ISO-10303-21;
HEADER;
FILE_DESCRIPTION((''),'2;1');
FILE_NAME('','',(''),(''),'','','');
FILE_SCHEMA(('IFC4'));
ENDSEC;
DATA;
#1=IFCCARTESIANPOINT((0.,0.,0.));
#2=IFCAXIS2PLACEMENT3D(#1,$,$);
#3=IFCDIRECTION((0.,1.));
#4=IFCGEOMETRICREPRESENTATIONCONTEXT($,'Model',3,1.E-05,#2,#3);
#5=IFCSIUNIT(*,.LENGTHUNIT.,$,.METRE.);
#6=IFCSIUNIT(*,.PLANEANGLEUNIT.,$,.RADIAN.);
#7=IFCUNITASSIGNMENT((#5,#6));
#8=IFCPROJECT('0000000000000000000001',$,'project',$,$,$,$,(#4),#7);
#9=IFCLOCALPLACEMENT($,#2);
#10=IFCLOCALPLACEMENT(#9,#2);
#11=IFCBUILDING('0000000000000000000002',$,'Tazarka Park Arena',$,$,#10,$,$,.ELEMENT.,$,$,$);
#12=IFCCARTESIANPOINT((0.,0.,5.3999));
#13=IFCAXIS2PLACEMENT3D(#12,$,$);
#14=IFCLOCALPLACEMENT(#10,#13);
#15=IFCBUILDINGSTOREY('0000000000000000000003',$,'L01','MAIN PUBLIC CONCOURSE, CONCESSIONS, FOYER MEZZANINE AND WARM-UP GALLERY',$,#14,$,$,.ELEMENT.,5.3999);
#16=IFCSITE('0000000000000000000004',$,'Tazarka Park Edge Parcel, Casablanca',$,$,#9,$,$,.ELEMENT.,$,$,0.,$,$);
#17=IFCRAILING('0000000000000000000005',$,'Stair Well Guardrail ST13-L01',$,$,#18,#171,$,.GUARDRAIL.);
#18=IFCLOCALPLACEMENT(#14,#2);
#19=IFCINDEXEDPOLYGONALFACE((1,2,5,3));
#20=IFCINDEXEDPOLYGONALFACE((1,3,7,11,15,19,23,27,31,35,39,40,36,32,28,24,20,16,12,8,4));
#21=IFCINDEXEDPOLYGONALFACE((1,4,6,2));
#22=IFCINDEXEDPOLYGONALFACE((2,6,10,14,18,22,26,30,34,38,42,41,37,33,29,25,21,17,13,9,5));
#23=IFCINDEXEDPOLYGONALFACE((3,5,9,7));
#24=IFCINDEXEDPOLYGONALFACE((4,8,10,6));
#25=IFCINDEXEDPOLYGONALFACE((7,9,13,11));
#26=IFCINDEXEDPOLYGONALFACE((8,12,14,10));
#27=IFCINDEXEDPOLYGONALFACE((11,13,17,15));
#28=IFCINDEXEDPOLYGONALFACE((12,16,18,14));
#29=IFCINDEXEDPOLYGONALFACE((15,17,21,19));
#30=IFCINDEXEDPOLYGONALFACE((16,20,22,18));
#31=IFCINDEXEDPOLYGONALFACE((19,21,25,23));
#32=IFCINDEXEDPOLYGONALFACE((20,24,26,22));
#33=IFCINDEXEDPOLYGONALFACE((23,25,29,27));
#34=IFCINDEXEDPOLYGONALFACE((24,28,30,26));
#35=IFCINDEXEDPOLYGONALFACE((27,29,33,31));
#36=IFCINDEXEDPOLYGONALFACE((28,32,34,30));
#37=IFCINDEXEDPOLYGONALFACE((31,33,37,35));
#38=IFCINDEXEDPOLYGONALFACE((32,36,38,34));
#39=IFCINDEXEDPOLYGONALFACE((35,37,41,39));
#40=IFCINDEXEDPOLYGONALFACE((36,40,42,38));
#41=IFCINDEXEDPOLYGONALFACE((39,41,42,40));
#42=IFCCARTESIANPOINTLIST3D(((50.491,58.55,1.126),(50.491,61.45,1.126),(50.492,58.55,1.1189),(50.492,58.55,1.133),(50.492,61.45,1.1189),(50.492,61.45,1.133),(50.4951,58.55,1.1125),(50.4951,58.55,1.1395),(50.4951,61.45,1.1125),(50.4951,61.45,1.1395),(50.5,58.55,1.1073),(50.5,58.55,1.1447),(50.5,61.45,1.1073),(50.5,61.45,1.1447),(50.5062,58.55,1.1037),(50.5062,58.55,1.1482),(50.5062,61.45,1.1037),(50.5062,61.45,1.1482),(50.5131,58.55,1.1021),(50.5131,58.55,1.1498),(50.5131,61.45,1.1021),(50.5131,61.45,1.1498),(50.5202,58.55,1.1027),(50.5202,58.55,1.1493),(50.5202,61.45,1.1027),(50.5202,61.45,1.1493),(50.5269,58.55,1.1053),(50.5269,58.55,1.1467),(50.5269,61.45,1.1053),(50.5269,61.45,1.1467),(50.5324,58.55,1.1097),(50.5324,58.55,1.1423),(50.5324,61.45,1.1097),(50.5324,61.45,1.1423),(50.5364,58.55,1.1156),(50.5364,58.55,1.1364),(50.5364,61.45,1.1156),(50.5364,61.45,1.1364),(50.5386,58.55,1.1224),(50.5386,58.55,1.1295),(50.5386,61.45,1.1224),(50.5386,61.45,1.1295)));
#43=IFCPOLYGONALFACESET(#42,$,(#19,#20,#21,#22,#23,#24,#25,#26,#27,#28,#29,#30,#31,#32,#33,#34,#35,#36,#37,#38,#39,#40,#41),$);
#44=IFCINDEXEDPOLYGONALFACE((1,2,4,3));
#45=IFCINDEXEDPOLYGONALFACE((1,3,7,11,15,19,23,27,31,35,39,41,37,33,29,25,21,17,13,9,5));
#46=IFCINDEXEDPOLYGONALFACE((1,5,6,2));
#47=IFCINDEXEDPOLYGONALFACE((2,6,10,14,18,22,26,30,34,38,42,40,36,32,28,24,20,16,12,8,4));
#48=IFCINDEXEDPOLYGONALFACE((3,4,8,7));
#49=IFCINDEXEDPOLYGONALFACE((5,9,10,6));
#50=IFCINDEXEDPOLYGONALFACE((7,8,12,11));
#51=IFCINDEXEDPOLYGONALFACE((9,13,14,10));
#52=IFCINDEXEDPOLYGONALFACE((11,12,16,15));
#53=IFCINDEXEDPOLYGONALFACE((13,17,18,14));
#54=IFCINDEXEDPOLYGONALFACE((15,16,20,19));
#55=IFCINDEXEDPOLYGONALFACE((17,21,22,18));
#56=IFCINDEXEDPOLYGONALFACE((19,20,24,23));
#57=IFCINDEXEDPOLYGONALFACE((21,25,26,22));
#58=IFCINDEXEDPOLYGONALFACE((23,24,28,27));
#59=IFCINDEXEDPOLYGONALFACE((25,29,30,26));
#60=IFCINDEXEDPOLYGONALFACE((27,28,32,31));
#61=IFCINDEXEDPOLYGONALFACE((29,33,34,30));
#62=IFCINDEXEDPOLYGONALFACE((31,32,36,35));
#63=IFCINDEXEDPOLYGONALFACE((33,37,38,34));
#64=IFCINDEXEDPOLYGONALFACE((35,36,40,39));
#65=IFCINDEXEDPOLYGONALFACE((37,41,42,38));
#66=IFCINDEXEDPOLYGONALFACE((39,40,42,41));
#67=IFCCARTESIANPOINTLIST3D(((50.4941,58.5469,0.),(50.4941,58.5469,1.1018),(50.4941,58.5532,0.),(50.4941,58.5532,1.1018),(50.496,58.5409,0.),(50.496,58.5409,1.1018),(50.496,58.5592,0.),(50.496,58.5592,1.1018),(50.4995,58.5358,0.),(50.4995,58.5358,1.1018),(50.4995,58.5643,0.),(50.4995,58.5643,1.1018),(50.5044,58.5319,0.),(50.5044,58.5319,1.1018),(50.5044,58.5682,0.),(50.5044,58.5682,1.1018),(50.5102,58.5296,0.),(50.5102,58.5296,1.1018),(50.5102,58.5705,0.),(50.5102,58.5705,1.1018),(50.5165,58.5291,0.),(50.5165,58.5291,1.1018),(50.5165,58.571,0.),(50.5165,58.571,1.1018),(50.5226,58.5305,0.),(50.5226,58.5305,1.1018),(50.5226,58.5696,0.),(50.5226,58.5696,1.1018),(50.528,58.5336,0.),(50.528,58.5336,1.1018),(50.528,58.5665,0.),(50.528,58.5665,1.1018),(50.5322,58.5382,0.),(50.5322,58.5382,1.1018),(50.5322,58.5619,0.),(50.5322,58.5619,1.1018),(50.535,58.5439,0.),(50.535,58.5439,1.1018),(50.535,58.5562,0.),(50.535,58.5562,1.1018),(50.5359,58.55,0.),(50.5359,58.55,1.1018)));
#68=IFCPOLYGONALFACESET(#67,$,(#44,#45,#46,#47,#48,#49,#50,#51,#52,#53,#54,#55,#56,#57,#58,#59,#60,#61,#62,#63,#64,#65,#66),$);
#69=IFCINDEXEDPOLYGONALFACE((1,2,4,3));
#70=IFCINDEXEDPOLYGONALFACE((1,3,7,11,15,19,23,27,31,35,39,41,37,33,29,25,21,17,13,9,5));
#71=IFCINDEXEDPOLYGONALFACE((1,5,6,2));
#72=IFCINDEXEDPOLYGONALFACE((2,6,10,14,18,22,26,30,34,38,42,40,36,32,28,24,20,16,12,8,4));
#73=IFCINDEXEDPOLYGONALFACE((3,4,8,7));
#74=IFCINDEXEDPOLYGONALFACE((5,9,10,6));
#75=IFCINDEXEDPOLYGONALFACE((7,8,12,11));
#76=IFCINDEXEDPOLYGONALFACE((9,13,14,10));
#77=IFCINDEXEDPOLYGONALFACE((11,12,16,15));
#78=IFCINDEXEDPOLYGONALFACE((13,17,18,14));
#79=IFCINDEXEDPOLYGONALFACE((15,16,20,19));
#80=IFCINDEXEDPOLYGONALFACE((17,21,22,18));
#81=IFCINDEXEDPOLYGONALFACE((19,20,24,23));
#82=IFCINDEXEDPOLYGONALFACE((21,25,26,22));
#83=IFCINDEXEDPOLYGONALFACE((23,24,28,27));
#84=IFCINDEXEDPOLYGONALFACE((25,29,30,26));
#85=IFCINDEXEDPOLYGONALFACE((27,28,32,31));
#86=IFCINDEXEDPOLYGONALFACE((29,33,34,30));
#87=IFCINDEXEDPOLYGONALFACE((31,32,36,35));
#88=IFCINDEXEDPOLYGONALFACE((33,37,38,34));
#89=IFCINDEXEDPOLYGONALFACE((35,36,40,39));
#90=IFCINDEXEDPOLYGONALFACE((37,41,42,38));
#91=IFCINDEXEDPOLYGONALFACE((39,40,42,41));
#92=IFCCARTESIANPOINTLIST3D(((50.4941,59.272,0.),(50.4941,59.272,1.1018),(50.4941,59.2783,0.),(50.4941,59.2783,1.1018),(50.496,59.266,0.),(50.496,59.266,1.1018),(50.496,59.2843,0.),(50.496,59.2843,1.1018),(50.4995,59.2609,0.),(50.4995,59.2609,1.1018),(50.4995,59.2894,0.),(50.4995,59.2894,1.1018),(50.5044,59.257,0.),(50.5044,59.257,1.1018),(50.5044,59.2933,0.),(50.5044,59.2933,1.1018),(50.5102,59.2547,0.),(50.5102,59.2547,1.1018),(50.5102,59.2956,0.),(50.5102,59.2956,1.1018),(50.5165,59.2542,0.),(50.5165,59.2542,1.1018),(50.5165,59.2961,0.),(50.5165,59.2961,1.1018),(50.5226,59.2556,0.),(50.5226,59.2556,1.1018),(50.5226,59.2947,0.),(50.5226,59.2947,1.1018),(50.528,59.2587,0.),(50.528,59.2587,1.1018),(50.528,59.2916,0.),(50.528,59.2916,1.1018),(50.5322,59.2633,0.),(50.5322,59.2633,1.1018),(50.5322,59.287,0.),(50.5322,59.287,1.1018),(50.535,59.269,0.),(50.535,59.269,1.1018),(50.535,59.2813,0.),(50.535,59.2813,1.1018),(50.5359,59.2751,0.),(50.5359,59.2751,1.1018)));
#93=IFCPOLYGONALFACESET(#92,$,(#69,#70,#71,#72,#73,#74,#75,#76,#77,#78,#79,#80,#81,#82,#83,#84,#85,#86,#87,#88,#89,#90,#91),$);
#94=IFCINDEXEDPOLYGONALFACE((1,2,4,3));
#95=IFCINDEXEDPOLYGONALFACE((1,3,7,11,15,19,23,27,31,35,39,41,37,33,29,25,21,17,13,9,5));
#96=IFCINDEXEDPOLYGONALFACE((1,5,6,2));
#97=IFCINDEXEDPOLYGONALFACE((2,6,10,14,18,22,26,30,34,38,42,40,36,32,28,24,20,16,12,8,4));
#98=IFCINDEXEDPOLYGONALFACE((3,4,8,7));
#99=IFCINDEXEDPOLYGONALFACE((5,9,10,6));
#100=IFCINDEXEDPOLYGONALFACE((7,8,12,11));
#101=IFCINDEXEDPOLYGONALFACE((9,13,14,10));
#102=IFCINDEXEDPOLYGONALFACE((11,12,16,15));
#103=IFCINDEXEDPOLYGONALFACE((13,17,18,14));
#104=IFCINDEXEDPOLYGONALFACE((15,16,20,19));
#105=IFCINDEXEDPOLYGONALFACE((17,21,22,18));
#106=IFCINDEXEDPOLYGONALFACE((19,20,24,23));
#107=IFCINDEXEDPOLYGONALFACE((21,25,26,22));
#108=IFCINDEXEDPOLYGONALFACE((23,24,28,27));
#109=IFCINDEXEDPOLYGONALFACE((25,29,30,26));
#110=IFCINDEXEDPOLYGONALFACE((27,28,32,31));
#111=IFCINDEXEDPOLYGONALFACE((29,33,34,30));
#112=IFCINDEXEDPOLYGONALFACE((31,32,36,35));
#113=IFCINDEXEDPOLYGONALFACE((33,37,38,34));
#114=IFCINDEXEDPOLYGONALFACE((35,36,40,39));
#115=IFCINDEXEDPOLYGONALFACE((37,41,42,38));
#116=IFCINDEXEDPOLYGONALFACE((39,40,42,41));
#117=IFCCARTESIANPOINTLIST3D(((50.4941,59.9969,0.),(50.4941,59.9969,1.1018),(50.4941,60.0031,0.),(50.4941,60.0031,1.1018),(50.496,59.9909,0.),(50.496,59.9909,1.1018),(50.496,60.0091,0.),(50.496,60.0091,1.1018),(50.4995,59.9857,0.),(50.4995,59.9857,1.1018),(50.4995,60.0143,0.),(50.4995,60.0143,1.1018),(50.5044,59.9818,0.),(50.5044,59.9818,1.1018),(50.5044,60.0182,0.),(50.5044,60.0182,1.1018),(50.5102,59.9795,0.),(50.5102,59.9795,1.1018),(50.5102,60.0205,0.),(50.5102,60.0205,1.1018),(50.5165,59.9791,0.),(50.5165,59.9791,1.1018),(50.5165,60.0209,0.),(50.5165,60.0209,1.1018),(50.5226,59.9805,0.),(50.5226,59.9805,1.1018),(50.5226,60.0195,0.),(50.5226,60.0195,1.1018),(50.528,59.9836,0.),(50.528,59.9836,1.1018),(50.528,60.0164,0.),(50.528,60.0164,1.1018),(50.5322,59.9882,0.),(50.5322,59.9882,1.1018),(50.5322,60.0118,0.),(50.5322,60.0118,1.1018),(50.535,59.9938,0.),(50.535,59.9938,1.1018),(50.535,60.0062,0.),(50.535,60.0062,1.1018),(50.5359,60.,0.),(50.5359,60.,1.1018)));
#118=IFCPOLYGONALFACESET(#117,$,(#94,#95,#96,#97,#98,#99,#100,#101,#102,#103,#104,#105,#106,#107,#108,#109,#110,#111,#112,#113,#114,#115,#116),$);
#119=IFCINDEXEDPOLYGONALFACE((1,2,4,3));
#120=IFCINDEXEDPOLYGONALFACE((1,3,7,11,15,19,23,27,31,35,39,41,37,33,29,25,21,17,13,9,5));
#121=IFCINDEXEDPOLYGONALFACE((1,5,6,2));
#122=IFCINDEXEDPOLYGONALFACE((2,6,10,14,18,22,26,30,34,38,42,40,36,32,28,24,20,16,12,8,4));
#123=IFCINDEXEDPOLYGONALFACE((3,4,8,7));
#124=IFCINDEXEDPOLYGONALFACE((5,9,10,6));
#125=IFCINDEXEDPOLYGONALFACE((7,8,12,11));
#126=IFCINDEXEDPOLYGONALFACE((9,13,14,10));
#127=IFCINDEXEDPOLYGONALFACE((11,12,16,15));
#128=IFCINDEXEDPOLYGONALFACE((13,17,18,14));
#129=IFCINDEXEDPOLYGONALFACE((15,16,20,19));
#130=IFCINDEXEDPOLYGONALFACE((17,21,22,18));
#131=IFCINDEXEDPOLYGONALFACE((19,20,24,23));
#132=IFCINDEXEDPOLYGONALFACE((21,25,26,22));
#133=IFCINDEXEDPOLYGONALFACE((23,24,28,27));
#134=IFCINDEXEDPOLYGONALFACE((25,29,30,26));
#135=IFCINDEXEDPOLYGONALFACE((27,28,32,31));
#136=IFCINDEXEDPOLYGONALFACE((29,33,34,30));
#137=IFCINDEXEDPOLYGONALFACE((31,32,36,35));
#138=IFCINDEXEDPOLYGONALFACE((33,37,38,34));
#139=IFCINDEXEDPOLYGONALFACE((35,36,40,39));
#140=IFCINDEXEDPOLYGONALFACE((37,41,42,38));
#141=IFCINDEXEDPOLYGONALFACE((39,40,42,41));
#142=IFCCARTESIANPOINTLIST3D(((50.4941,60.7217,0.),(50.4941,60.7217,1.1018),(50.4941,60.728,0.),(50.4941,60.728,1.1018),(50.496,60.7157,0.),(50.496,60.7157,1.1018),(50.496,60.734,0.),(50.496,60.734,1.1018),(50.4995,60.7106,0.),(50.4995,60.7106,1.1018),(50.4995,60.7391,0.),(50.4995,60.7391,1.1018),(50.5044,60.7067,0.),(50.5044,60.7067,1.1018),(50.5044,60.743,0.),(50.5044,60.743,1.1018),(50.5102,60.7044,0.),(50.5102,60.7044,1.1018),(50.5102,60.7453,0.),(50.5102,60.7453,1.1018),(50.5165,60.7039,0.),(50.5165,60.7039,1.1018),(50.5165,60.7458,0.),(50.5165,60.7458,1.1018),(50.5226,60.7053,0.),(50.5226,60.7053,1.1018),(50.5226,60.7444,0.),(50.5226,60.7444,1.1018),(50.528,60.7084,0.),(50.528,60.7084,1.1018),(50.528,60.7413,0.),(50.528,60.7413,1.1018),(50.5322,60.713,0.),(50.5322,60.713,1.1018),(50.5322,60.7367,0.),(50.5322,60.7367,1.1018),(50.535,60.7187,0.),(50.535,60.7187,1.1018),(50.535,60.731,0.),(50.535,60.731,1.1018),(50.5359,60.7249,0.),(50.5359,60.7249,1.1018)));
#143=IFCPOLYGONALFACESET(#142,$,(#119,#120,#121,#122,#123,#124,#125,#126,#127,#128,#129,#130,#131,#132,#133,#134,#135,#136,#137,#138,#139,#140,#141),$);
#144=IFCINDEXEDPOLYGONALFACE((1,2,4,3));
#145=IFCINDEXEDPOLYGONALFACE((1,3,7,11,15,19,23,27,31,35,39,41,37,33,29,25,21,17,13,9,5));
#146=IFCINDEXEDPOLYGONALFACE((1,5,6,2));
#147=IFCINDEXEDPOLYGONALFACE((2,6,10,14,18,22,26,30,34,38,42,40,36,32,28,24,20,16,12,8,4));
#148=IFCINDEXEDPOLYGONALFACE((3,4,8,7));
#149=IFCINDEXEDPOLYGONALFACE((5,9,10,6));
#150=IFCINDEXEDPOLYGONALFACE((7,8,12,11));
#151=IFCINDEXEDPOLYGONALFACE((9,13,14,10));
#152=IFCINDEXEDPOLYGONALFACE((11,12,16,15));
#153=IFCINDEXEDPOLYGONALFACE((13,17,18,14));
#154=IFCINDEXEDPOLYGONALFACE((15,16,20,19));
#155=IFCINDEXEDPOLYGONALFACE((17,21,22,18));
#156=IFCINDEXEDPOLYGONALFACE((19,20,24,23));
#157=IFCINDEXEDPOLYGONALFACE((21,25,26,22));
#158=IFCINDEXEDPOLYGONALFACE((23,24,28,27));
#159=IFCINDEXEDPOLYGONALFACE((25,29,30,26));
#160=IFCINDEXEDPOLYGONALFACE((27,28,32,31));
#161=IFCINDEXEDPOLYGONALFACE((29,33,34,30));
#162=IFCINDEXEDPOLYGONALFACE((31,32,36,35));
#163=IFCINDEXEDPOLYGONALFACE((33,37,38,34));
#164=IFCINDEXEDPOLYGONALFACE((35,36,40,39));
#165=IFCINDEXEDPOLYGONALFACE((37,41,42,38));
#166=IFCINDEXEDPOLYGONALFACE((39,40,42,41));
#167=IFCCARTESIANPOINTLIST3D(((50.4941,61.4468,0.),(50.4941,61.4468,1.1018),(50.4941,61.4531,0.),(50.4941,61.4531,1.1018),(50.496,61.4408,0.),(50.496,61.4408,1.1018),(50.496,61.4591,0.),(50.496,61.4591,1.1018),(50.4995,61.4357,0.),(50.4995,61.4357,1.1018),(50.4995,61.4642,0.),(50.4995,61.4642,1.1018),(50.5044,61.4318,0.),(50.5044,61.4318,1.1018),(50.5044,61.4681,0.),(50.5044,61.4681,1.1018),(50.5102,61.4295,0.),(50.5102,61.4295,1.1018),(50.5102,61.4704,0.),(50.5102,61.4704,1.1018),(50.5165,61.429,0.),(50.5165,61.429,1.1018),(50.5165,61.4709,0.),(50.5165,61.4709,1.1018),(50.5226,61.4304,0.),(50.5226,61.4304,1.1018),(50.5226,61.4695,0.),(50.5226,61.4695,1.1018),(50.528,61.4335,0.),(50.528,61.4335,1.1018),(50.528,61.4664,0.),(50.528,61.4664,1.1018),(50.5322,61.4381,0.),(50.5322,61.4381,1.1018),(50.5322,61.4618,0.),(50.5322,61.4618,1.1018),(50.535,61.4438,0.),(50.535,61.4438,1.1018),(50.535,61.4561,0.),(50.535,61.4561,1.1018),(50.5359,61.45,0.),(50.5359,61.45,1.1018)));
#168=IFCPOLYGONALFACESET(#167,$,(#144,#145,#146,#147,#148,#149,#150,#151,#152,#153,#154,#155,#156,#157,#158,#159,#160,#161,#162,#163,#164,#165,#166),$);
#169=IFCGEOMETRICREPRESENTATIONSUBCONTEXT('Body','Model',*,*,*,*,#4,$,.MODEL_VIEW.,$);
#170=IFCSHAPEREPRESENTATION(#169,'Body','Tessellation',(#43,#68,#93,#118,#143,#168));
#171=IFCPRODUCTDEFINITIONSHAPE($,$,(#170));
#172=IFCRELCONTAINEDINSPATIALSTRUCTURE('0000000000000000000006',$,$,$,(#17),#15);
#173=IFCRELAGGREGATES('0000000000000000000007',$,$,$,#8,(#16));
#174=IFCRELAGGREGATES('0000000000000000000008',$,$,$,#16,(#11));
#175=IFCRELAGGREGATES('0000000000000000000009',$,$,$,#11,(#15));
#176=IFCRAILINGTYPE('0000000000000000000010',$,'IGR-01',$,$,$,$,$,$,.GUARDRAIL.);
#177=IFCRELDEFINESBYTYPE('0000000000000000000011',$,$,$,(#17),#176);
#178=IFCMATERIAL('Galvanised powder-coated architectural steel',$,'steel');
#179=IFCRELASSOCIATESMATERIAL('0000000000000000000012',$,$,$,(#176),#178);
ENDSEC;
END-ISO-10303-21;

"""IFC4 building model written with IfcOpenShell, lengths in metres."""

from ifc_helpers import new_model, si_unit, direction, frame, origin, origin_2d, place, context, subcontext, project, spatial, circle, extrude, material, type_object, element, save


model = new_model("IFC4")

# Units and contexts
model_context = context("Model", 3, precision=1e-05, world=origin(), true_north=direction((0.0, 1.0)))
body_context = subcontext(model_context, "Body", "Model", "MODEL_VIEW")
ifc_project = project(units=[si_unit("LENGTHUNIT", "METRE"), si_unit("PLANEANGLEUNIT", "RADIAN")], contexts=[model_context])

# Site, building, storey
site_placement = place(None, origin())
site = spatial("IfcSite", under=ifc_project, at=site_placement, Name="Tazarka Park Edge Parcel, Casablanca", CompositionType="ELEMENT", RefElevation=0.0)
building_placement = place(site_placement, origin())
building = spatial("IfcBuilding", under=site, at=building_placement, Name="Tazarka Park Arena", CompositionType="ELEMENT")
storey_placement = place(building_placement, frame((0.0, 0.0, 5.3999)))
storey = spatial("IfcBuildingStorey", under=building, at=storey_placement, Name="L01", Description="MAIN PUBLIC CONCOURSE, CONCESSIONS, FOYER MEZZANINE AND WARM-UP GALLERY", CompositionType="ELEMENT", Elevation=5.3999)

# Railing
ifc_material_1 = material(Name="Galvanised powder-coated architectural steel", Category="steel")
railing_type_1 = type_object("IfcRailingType", Name="IGR-01", PredefinedType="GUARDRAIL", material=ifc_material_1)
for number, where, name in (
    (1, (50.5149, 58.55, 0.0), "Stair Well Guardrail ST13-L01"),
):
    element("IfcRailing", number, at=place(storey_placement, frame(where)), inside=storey, type_object=railing_type_1, Name=name, PredefinedType="GUARDRAIL", context=body_context, shape_type="SweptSolid", body=[
        extrude(circle(Radius=0.0239, at=origin_2d()), frame((0.0, 0.0, 1.126), z_axis=(0.0, 1.0, 0.0), x_axis=(-1.0, 0.0, 0.0)), (0.0, 0.0, 1.0), 2.8999),
        extrude(circle(Radius=0.021, at=origin_2d()), origin(), (0.0, 0.0, 1.0), 1.1018),
        extrude(circle(Radius=0.021, at=origin_2d()), frame((0.0, 0.7251, 0.0)), (0.0, 0.0, 1.0), 1.1018),
        extrude(circle(Radius=0.021, at=origin_2d()), frame((0.0, 1.45, 0.0)), (0.0, 0.0, 1.0), 1.1018),
        extrude(circle(Radius=0.021, at=origin_2d()), frame((0.0, 2.1748, 0.0)), (0.0, 0.0, 1.0), 1.1018),
        extrude(circle(Radius=0.021, at=origin_2d()), frame((0.0, 2.8999, 0.0)), (0.0, 0.0, 1.0), 1.1018),
    ])

save(model, "model.ifc")
